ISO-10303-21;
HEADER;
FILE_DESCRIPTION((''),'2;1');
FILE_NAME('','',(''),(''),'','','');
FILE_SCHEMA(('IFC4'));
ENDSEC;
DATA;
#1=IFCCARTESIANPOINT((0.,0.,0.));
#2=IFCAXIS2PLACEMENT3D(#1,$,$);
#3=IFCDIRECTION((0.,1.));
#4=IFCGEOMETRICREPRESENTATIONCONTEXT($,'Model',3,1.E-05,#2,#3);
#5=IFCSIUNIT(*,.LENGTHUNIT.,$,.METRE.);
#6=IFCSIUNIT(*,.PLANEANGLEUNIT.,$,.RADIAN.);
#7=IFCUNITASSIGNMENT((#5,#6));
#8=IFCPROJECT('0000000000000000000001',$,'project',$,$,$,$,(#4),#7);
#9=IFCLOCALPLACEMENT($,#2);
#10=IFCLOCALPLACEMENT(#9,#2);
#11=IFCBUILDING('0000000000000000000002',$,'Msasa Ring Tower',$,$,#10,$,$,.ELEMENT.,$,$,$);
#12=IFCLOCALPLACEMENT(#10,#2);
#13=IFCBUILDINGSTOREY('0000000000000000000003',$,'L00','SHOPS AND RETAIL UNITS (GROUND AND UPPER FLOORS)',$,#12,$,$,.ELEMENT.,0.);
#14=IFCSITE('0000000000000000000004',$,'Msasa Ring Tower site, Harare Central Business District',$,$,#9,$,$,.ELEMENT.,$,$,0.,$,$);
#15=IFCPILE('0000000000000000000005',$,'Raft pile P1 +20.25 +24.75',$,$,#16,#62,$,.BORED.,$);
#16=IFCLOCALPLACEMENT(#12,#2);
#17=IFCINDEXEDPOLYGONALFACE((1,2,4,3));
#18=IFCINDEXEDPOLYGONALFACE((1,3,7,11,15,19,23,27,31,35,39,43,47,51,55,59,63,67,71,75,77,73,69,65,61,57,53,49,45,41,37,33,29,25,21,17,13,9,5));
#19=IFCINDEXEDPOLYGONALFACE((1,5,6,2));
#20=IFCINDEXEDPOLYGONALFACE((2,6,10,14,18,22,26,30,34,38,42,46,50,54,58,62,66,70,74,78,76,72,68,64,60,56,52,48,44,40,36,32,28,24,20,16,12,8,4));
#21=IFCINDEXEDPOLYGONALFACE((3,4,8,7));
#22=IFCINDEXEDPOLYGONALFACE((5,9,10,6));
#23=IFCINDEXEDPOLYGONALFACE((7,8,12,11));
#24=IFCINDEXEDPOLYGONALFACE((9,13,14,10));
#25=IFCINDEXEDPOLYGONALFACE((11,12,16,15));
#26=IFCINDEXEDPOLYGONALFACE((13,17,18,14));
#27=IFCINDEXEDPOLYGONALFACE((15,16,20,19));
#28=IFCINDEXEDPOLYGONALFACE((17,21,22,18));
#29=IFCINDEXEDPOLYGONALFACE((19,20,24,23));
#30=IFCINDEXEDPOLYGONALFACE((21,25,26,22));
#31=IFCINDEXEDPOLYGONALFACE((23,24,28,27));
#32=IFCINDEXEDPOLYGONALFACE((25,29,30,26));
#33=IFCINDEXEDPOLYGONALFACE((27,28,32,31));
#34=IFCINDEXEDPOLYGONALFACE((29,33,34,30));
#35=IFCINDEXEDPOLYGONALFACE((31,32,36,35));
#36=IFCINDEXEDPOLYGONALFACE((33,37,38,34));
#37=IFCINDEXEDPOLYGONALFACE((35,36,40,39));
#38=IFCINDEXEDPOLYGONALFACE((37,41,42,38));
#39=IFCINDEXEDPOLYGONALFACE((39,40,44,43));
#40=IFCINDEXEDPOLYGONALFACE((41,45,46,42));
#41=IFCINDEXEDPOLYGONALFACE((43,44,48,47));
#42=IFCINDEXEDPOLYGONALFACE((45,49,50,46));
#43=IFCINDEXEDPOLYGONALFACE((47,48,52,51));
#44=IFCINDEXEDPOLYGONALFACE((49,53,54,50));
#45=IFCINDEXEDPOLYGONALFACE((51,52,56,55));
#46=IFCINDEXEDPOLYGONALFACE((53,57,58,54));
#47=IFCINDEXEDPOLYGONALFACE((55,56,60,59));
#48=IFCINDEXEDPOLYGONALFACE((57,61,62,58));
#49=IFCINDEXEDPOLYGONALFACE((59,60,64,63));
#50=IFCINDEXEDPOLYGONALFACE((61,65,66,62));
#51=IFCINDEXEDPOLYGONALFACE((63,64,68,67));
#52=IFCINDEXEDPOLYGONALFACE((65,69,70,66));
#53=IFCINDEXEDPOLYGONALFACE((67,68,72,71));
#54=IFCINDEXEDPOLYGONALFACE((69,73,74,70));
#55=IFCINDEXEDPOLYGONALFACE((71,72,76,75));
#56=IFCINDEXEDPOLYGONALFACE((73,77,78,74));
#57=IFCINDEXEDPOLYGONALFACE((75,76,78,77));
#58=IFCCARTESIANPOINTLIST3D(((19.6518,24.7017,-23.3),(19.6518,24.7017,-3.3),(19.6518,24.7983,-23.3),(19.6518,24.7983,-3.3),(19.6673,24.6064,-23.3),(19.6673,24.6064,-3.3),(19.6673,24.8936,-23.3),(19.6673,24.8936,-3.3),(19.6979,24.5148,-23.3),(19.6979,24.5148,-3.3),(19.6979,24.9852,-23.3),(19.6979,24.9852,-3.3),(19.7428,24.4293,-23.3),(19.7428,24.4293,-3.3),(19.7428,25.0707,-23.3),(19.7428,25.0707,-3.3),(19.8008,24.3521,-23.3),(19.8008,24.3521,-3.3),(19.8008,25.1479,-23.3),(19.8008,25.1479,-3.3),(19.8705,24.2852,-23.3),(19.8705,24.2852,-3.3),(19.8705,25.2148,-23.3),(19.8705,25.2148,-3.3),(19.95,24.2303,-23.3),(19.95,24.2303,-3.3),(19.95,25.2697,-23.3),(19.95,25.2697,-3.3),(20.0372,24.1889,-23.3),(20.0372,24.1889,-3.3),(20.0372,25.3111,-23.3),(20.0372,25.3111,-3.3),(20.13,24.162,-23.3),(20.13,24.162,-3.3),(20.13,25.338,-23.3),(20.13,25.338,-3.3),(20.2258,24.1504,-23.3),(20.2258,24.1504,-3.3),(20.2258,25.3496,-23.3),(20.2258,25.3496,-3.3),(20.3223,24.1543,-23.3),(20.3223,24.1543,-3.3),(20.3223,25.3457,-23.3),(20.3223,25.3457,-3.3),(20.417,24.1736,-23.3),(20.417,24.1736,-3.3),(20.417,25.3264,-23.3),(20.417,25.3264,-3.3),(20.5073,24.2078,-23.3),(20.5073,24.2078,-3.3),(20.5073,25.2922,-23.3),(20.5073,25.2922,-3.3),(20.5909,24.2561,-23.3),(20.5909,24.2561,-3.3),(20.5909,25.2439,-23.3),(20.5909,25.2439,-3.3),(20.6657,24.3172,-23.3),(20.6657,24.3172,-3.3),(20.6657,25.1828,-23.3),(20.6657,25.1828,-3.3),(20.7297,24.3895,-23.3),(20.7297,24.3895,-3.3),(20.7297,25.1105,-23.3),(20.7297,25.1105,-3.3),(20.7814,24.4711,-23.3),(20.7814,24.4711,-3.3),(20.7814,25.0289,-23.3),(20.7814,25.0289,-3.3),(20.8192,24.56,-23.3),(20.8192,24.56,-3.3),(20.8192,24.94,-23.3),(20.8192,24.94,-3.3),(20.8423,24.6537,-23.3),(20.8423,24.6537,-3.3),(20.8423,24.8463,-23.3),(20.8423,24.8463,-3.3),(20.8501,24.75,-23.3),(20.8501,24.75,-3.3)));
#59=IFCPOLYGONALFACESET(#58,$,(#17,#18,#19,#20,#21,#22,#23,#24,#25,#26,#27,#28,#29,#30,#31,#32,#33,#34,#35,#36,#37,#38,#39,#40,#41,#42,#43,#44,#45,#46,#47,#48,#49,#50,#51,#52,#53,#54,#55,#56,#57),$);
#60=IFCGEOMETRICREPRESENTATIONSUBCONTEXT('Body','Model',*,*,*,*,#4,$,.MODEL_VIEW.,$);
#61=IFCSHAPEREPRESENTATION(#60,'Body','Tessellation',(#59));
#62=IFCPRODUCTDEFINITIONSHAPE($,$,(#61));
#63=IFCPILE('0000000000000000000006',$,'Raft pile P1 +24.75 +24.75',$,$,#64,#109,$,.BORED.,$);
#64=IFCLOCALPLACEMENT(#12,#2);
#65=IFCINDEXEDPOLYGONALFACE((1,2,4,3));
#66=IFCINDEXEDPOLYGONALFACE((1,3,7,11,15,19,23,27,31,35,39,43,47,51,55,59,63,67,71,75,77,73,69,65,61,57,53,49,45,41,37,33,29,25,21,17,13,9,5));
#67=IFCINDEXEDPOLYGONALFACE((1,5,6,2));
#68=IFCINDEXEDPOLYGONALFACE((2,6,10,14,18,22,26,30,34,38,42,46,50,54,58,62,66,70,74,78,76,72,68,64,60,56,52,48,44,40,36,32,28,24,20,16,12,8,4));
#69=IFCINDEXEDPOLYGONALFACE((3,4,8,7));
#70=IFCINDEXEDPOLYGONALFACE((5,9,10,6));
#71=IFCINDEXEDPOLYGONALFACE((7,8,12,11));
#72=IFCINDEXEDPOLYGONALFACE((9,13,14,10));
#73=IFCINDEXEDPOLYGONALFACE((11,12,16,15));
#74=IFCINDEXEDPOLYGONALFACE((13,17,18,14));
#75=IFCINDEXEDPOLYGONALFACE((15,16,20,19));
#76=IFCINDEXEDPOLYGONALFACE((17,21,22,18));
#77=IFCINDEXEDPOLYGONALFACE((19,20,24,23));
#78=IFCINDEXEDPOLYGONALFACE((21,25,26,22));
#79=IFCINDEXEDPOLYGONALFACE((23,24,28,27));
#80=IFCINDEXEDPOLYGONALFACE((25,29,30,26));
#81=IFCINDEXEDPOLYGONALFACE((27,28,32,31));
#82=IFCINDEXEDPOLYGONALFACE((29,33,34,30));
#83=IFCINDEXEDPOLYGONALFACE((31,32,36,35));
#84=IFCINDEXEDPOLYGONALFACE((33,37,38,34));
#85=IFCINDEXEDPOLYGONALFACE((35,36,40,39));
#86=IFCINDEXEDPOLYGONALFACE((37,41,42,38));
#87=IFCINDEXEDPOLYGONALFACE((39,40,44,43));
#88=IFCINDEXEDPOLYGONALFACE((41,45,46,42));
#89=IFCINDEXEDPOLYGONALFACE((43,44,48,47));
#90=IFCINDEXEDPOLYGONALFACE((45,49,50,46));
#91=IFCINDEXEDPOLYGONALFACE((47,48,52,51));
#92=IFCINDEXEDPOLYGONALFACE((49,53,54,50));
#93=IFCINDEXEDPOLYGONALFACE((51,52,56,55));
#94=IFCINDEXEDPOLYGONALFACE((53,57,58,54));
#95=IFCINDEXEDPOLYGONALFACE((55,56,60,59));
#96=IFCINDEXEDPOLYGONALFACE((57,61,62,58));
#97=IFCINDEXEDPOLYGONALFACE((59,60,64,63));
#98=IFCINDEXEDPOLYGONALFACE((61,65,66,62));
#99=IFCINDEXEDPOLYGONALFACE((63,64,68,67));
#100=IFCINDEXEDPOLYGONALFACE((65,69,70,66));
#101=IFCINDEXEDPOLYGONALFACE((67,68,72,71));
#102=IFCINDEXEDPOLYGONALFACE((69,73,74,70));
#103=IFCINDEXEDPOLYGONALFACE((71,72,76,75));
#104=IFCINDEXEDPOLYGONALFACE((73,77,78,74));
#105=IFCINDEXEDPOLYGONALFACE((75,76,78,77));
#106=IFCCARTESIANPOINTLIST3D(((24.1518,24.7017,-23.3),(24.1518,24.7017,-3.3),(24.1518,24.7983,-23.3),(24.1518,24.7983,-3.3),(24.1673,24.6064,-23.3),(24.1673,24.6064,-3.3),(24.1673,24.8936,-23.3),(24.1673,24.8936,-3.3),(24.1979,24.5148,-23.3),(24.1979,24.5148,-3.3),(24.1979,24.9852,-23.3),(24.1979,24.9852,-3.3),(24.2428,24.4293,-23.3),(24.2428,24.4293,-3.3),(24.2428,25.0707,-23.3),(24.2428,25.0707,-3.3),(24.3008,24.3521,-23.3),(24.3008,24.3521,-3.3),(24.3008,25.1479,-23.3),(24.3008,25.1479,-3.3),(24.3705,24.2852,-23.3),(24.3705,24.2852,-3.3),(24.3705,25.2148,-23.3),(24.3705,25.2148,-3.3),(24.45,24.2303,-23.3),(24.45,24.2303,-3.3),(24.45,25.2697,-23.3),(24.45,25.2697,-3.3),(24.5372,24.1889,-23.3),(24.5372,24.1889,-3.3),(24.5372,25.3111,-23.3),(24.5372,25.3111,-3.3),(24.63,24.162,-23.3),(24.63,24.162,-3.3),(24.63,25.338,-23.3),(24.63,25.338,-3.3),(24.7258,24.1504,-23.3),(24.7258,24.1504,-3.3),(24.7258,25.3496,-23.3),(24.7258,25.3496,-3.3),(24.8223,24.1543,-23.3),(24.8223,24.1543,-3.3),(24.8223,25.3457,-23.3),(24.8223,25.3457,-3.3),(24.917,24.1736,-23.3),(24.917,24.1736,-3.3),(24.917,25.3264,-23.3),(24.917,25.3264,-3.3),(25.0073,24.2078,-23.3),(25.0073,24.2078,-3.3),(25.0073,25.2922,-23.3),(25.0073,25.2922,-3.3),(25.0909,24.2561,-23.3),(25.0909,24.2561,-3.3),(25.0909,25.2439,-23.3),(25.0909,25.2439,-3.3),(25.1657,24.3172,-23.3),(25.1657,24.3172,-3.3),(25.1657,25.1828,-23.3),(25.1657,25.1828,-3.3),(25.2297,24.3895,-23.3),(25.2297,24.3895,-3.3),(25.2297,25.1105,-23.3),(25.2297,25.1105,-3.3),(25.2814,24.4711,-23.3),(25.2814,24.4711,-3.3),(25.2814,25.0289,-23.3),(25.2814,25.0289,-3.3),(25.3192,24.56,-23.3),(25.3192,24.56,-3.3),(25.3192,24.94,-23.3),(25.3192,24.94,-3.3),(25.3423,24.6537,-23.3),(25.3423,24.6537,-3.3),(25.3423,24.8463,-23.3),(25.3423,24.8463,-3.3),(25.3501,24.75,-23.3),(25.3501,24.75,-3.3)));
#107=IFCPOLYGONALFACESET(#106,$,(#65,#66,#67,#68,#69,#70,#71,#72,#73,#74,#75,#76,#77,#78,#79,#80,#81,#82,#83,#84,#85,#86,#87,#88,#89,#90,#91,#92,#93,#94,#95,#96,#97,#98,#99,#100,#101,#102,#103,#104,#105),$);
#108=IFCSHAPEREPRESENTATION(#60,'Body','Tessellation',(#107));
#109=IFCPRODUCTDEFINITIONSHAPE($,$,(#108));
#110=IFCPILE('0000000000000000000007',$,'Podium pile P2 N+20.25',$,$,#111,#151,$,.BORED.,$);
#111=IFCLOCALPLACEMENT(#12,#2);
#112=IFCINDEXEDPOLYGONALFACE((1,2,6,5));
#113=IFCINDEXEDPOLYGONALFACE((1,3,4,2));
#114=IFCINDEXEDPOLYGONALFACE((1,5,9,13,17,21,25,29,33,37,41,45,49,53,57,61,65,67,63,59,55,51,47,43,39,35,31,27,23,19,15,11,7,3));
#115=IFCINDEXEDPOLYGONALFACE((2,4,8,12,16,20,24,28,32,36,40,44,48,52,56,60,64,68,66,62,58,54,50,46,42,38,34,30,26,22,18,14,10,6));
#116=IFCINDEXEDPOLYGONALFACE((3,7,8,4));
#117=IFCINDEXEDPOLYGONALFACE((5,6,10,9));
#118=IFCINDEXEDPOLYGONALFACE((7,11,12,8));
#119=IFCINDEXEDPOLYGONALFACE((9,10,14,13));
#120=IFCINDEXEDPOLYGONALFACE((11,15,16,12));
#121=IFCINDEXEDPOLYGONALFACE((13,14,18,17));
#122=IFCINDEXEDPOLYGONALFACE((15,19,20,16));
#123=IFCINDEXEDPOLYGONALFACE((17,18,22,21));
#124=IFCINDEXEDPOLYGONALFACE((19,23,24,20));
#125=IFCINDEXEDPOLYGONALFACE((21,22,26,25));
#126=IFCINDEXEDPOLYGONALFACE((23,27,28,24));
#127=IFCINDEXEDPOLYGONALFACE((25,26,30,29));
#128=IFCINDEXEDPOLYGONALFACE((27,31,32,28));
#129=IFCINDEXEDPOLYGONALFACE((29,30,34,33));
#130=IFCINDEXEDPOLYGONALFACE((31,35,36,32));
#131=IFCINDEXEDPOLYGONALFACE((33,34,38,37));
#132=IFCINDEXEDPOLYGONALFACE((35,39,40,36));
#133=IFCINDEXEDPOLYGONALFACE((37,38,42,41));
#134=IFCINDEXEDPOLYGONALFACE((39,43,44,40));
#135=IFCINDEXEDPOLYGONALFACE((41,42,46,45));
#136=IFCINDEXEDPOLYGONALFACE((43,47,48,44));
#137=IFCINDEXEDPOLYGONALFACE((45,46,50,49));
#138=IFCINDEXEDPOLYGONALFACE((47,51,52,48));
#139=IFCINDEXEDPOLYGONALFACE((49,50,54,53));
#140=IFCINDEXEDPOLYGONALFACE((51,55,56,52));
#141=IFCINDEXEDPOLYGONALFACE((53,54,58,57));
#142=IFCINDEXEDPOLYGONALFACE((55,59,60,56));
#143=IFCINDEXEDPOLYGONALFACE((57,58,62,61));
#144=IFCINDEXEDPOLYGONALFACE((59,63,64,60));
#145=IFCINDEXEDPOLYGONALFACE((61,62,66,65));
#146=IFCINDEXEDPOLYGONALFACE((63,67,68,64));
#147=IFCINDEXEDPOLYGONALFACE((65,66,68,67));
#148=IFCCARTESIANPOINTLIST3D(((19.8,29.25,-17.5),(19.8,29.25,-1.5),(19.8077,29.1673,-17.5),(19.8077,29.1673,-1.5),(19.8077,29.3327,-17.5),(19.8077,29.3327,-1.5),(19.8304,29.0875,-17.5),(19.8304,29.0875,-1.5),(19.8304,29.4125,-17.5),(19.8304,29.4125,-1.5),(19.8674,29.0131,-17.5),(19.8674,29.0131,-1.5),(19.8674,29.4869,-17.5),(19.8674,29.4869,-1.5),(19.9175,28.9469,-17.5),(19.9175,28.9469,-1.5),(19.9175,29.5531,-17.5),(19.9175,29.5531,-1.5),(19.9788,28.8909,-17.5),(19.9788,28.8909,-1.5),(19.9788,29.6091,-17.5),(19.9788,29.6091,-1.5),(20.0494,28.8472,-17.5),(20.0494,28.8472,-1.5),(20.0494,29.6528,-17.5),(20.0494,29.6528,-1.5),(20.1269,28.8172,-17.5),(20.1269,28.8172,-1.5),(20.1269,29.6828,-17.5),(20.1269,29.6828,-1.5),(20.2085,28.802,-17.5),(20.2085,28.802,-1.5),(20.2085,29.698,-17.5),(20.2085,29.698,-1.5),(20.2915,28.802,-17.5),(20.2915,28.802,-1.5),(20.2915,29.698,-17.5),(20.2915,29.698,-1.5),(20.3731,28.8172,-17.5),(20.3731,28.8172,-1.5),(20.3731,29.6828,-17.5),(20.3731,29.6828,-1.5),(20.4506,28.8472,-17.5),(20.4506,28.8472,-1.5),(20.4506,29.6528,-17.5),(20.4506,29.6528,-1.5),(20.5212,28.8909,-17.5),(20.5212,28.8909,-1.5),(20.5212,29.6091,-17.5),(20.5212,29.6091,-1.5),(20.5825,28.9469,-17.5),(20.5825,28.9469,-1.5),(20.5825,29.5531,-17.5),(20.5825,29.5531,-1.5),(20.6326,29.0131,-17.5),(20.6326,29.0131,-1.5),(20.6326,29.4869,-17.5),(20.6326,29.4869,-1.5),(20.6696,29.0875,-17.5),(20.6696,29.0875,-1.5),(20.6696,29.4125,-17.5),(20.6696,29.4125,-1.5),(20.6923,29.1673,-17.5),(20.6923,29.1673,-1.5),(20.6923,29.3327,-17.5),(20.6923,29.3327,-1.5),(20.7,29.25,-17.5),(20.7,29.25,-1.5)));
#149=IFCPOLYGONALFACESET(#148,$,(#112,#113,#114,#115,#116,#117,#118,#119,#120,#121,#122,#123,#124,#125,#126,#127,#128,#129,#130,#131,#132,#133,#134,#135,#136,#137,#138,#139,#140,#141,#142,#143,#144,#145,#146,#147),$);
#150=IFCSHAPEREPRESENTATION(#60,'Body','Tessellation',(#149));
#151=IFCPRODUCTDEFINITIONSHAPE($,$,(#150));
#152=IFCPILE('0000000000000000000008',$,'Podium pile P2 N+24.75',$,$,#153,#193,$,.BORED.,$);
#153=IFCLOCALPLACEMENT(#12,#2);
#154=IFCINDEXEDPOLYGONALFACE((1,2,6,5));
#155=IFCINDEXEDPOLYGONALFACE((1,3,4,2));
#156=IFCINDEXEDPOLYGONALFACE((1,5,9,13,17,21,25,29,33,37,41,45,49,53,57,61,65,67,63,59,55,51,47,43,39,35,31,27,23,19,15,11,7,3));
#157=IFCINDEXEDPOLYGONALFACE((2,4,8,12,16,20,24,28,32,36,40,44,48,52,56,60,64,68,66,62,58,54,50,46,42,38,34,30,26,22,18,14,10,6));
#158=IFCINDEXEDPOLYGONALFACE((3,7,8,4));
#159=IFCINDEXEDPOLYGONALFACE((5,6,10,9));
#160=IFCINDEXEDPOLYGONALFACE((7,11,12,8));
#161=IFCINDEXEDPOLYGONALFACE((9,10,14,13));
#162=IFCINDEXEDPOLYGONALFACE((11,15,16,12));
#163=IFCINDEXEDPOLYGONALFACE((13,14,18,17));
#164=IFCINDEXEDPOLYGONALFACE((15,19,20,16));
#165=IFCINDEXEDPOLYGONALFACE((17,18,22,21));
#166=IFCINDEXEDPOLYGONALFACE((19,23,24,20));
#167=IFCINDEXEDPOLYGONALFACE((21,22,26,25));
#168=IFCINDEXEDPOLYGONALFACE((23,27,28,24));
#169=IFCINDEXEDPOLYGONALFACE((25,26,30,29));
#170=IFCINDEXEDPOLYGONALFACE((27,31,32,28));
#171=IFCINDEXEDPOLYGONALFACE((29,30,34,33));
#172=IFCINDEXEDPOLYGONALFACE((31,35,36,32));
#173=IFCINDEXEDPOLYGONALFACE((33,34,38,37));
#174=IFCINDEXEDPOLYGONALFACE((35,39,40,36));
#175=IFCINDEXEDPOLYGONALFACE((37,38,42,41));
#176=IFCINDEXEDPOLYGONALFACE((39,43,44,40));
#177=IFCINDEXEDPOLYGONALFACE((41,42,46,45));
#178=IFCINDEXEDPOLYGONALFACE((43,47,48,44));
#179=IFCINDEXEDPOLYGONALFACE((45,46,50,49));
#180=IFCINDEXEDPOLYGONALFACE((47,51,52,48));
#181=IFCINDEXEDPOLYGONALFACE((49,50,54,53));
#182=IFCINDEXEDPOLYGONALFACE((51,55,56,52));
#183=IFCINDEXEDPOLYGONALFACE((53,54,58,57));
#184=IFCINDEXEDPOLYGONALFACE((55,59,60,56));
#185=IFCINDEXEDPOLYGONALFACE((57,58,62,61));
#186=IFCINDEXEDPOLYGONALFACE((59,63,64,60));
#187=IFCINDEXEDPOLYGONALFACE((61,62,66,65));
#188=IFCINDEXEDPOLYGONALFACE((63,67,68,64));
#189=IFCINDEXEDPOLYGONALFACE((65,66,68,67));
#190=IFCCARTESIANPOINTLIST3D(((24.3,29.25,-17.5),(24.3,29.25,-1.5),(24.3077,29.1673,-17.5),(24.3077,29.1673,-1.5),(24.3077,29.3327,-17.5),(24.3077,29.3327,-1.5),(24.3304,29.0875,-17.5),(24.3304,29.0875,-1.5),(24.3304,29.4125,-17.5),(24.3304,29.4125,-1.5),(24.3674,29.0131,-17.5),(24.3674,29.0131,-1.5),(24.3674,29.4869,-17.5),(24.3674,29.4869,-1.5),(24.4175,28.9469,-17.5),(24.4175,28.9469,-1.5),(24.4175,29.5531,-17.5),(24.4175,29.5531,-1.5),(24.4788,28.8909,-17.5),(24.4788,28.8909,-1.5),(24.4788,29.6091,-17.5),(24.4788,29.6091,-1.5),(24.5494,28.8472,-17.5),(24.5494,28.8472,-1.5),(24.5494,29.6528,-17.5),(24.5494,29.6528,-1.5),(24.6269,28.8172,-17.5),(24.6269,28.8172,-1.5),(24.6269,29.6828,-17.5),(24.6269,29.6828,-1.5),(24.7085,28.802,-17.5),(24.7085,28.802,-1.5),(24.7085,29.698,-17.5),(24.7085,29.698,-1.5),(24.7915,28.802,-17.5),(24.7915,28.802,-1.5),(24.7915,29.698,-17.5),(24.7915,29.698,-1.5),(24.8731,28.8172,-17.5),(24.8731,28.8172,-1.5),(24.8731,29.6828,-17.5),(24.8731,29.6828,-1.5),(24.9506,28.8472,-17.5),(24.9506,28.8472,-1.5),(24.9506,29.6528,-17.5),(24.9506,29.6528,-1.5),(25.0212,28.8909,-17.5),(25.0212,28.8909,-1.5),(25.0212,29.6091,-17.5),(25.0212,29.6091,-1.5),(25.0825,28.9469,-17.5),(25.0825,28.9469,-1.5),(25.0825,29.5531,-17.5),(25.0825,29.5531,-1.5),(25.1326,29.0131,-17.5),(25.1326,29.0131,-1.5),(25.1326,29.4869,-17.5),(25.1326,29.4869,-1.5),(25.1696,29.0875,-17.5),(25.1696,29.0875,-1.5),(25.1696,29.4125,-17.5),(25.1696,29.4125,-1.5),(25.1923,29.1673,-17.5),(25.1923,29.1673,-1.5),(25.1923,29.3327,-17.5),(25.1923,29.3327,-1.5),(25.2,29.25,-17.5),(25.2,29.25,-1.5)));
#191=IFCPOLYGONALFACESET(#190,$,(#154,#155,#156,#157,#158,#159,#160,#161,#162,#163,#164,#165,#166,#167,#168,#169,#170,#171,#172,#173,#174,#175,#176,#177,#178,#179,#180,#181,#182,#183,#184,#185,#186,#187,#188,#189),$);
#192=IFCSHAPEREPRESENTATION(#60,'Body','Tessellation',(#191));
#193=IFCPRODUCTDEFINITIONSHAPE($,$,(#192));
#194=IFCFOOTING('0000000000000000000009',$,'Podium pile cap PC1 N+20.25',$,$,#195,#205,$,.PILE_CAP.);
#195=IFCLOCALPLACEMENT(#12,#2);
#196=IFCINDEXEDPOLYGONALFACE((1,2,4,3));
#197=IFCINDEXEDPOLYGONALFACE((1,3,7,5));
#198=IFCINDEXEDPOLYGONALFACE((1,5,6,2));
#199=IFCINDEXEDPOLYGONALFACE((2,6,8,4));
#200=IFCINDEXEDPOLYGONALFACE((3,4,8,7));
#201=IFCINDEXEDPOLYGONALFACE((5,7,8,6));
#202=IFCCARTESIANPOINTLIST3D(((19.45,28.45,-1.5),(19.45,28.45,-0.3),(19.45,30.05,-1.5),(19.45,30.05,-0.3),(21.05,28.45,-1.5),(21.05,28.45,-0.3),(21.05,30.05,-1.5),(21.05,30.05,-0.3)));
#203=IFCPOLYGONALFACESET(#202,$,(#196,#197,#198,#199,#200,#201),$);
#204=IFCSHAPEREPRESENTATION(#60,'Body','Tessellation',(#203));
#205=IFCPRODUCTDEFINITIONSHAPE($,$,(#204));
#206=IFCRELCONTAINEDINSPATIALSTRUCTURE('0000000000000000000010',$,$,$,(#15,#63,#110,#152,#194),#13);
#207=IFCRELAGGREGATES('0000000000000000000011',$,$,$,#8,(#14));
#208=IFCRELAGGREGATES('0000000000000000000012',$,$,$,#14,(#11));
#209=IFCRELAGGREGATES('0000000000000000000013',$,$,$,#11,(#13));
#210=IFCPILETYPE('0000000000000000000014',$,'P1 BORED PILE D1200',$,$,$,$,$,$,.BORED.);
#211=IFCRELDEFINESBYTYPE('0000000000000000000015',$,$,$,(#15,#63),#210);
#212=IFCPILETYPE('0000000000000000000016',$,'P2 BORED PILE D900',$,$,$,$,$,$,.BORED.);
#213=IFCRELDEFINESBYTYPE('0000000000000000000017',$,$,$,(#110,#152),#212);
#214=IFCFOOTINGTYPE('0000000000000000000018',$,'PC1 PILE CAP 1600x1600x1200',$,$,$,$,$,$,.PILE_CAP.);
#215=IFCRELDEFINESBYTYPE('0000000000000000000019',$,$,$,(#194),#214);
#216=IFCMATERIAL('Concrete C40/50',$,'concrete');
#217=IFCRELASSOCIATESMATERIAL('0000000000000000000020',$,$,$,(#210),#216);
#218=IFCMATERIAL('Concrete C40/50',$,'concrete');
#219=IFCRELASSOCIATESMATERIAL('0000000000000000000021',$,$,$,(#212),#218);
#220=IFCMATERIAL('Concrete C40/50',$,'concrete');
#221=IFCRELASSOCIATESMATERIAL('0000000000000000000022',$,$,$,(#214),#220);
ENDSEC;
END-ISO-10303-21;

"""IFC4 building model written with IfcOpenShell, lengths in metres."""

from ifc_helpers import new_model, si_unit, direction, frame, origin, origin_2d, place, context, subcontext, project, spatial, rectangle, circle, extrude, material, material_profile, profile_set, type_object, element, save


model = new_model("IFC4")

# Units and contexts
model_context = context("Model", 3, precision=1e-05, world=origin(), true_north=direction((0.0, 1.0)))
body_context = subcontext(model_context, "Body", "Model", "MODEL_VIEW")
ifc_project = project(units=[si_unit("LENGTHUNIT", "METRE"), si_unit("PLANEANGLEUNIT", "RADIAN")], contexts=[model_context])

# Site, building, storey
site_placement = place(None, origin())
site = spatial("IfcSite", under=ifc_project, at=site_placement, Name="Msasa Ring Tower site, Harare Central Business District", CompositionType="ELEMENT", RefElevation=0.0)
building_placement = place(site_placement, origin())
building = spatial("IfcBuilding", under=site, at=building_placement, Name="Msasa Ring Tower", CompositionType="ELEMENT")
storey_placement = place(building_placement, origin())
storey = spatial("IfcBuildingStorey", under=building, at=storey_placement, Name="L00", Description="SHOPS AND RETAIL UNITS (GROUND AND UPPER FLOORS)", CompositionType="ELEMENT", Elevation=0.0)

# Piles
ifc_material_1 = material(Name="Concrete C40/50", Category="concrete")
ifc_material_profile_1 = material_profile(ifc_material_1, circle(Radius=0.6001, at=origin_2d()), Name="D1200")
ifc_profile_set_1 = profile_set([ifc_material_profile_1], Name="Concrete C40/50")
pile_type_1 = type_object("IfcPileType", Name="P1 BORED PILE D1200", PredefinedType="BORED", material=ifc_profile_set_1)
for number, where, z_axis, x_axis, name in (
    (1, (20.25, 24.75, -3.3), (0.0, 0.0, -1.0), (1.0, 0.0, 0.0), "Raft pile P1 +20.25 +24.75"),
    (2, (24.75, 24.75, -3.3), (0.0, 0.0, -1.0), (1.0, 0.0, 0.0), "Raft pile P1 +24.75 +24.75"),
):
    element("IfcPile", number, at=place(storey_placement, frame(where, z_axis=z_axis, x_axis=x_axis)), inside=storey, type_object=pile_type_1, Name=name, PredefinedType="BORED", context=body_context, shape_type="SweptSolid", body=[
        extrude(circle(Radius=0.6001, at=origin_2d()), origin(), (0.0, 0.0, 1.0), 20.0),
    ])
ifc_material_2 = material(Name="Concrete C40/50", Category="concrete")
ifc_material_profile_2 = material_profile(ifc_material_2, circle(Radius=0.45, at=origin_2d()), Name="D900")
ifc_profile_set_2 = profile_set([ifc_material_profile_2], Name="Concrete C40/50")
pile_type_2 = type_object("IfcPileType", Name="P2 BORED PILE D900", PredefinedType="BORED", material=ifc_profile_set_2)
for number, where, z_axis, x_axis, name in (
    (3, (20.25, 29.25, -1.5), (0.0, 0.0, -1.0), (1.0, 0.0, 0.0), "Podium pile P2 N+20.25"),
    (4, (24.75, 29.25, -1.5), (0.0, 0.0, -1.0), (1.0, 0.0, 0.0), "Podium pile P2 N+24.75"),
):
    element("IfcPile", number, at=place(storey_placement, frame(where, z_axis=z_axis, x_axis=x_axis)), inside=storey, type_object=pile_type_2, Name=name, PredefinedType="BORED", context=body_context, shape_type="SweptSolid", body=[
        extrude(circle(Radius=0.45, at=origin_2d()), origin(), (0.0, 0.0, 1.0), 16.0),
    ])

# Footing
ifc_material_3 = material(Name="Concrete C40/50", Category="concrete")
footing_type = type_object("IfcFootingType", Name="PC1 PILE CAP 1600x1600x1200", PredefinedType="PILE_CAP", material=ifc_material_3)
for number, where, z_axis, x_axis, name in (
    (5, (20.25, 29.25, -1.5), (0.0, 0.0, 1.0), (1.0, 0.0, 0.0), "Podium pile cap PC1 N+20.25"),
):
    element("IfcFooting", number, at=place(storey_placement, frame(where, z_axis=z_axis, x_axis=x_axis)), inside=storey, type_object=footing_type, Name=name, PredefinedType="PILE_CAP", context=body_context, shape_type="SweptSolid", body=[
        extrude(rectangle(XDim=1.6001, YDim=1.6001, at=origin_2d()), origin(), (0.0, 0.0, 1.0), 1.2),
    ])

save(model, "model.ifc")
